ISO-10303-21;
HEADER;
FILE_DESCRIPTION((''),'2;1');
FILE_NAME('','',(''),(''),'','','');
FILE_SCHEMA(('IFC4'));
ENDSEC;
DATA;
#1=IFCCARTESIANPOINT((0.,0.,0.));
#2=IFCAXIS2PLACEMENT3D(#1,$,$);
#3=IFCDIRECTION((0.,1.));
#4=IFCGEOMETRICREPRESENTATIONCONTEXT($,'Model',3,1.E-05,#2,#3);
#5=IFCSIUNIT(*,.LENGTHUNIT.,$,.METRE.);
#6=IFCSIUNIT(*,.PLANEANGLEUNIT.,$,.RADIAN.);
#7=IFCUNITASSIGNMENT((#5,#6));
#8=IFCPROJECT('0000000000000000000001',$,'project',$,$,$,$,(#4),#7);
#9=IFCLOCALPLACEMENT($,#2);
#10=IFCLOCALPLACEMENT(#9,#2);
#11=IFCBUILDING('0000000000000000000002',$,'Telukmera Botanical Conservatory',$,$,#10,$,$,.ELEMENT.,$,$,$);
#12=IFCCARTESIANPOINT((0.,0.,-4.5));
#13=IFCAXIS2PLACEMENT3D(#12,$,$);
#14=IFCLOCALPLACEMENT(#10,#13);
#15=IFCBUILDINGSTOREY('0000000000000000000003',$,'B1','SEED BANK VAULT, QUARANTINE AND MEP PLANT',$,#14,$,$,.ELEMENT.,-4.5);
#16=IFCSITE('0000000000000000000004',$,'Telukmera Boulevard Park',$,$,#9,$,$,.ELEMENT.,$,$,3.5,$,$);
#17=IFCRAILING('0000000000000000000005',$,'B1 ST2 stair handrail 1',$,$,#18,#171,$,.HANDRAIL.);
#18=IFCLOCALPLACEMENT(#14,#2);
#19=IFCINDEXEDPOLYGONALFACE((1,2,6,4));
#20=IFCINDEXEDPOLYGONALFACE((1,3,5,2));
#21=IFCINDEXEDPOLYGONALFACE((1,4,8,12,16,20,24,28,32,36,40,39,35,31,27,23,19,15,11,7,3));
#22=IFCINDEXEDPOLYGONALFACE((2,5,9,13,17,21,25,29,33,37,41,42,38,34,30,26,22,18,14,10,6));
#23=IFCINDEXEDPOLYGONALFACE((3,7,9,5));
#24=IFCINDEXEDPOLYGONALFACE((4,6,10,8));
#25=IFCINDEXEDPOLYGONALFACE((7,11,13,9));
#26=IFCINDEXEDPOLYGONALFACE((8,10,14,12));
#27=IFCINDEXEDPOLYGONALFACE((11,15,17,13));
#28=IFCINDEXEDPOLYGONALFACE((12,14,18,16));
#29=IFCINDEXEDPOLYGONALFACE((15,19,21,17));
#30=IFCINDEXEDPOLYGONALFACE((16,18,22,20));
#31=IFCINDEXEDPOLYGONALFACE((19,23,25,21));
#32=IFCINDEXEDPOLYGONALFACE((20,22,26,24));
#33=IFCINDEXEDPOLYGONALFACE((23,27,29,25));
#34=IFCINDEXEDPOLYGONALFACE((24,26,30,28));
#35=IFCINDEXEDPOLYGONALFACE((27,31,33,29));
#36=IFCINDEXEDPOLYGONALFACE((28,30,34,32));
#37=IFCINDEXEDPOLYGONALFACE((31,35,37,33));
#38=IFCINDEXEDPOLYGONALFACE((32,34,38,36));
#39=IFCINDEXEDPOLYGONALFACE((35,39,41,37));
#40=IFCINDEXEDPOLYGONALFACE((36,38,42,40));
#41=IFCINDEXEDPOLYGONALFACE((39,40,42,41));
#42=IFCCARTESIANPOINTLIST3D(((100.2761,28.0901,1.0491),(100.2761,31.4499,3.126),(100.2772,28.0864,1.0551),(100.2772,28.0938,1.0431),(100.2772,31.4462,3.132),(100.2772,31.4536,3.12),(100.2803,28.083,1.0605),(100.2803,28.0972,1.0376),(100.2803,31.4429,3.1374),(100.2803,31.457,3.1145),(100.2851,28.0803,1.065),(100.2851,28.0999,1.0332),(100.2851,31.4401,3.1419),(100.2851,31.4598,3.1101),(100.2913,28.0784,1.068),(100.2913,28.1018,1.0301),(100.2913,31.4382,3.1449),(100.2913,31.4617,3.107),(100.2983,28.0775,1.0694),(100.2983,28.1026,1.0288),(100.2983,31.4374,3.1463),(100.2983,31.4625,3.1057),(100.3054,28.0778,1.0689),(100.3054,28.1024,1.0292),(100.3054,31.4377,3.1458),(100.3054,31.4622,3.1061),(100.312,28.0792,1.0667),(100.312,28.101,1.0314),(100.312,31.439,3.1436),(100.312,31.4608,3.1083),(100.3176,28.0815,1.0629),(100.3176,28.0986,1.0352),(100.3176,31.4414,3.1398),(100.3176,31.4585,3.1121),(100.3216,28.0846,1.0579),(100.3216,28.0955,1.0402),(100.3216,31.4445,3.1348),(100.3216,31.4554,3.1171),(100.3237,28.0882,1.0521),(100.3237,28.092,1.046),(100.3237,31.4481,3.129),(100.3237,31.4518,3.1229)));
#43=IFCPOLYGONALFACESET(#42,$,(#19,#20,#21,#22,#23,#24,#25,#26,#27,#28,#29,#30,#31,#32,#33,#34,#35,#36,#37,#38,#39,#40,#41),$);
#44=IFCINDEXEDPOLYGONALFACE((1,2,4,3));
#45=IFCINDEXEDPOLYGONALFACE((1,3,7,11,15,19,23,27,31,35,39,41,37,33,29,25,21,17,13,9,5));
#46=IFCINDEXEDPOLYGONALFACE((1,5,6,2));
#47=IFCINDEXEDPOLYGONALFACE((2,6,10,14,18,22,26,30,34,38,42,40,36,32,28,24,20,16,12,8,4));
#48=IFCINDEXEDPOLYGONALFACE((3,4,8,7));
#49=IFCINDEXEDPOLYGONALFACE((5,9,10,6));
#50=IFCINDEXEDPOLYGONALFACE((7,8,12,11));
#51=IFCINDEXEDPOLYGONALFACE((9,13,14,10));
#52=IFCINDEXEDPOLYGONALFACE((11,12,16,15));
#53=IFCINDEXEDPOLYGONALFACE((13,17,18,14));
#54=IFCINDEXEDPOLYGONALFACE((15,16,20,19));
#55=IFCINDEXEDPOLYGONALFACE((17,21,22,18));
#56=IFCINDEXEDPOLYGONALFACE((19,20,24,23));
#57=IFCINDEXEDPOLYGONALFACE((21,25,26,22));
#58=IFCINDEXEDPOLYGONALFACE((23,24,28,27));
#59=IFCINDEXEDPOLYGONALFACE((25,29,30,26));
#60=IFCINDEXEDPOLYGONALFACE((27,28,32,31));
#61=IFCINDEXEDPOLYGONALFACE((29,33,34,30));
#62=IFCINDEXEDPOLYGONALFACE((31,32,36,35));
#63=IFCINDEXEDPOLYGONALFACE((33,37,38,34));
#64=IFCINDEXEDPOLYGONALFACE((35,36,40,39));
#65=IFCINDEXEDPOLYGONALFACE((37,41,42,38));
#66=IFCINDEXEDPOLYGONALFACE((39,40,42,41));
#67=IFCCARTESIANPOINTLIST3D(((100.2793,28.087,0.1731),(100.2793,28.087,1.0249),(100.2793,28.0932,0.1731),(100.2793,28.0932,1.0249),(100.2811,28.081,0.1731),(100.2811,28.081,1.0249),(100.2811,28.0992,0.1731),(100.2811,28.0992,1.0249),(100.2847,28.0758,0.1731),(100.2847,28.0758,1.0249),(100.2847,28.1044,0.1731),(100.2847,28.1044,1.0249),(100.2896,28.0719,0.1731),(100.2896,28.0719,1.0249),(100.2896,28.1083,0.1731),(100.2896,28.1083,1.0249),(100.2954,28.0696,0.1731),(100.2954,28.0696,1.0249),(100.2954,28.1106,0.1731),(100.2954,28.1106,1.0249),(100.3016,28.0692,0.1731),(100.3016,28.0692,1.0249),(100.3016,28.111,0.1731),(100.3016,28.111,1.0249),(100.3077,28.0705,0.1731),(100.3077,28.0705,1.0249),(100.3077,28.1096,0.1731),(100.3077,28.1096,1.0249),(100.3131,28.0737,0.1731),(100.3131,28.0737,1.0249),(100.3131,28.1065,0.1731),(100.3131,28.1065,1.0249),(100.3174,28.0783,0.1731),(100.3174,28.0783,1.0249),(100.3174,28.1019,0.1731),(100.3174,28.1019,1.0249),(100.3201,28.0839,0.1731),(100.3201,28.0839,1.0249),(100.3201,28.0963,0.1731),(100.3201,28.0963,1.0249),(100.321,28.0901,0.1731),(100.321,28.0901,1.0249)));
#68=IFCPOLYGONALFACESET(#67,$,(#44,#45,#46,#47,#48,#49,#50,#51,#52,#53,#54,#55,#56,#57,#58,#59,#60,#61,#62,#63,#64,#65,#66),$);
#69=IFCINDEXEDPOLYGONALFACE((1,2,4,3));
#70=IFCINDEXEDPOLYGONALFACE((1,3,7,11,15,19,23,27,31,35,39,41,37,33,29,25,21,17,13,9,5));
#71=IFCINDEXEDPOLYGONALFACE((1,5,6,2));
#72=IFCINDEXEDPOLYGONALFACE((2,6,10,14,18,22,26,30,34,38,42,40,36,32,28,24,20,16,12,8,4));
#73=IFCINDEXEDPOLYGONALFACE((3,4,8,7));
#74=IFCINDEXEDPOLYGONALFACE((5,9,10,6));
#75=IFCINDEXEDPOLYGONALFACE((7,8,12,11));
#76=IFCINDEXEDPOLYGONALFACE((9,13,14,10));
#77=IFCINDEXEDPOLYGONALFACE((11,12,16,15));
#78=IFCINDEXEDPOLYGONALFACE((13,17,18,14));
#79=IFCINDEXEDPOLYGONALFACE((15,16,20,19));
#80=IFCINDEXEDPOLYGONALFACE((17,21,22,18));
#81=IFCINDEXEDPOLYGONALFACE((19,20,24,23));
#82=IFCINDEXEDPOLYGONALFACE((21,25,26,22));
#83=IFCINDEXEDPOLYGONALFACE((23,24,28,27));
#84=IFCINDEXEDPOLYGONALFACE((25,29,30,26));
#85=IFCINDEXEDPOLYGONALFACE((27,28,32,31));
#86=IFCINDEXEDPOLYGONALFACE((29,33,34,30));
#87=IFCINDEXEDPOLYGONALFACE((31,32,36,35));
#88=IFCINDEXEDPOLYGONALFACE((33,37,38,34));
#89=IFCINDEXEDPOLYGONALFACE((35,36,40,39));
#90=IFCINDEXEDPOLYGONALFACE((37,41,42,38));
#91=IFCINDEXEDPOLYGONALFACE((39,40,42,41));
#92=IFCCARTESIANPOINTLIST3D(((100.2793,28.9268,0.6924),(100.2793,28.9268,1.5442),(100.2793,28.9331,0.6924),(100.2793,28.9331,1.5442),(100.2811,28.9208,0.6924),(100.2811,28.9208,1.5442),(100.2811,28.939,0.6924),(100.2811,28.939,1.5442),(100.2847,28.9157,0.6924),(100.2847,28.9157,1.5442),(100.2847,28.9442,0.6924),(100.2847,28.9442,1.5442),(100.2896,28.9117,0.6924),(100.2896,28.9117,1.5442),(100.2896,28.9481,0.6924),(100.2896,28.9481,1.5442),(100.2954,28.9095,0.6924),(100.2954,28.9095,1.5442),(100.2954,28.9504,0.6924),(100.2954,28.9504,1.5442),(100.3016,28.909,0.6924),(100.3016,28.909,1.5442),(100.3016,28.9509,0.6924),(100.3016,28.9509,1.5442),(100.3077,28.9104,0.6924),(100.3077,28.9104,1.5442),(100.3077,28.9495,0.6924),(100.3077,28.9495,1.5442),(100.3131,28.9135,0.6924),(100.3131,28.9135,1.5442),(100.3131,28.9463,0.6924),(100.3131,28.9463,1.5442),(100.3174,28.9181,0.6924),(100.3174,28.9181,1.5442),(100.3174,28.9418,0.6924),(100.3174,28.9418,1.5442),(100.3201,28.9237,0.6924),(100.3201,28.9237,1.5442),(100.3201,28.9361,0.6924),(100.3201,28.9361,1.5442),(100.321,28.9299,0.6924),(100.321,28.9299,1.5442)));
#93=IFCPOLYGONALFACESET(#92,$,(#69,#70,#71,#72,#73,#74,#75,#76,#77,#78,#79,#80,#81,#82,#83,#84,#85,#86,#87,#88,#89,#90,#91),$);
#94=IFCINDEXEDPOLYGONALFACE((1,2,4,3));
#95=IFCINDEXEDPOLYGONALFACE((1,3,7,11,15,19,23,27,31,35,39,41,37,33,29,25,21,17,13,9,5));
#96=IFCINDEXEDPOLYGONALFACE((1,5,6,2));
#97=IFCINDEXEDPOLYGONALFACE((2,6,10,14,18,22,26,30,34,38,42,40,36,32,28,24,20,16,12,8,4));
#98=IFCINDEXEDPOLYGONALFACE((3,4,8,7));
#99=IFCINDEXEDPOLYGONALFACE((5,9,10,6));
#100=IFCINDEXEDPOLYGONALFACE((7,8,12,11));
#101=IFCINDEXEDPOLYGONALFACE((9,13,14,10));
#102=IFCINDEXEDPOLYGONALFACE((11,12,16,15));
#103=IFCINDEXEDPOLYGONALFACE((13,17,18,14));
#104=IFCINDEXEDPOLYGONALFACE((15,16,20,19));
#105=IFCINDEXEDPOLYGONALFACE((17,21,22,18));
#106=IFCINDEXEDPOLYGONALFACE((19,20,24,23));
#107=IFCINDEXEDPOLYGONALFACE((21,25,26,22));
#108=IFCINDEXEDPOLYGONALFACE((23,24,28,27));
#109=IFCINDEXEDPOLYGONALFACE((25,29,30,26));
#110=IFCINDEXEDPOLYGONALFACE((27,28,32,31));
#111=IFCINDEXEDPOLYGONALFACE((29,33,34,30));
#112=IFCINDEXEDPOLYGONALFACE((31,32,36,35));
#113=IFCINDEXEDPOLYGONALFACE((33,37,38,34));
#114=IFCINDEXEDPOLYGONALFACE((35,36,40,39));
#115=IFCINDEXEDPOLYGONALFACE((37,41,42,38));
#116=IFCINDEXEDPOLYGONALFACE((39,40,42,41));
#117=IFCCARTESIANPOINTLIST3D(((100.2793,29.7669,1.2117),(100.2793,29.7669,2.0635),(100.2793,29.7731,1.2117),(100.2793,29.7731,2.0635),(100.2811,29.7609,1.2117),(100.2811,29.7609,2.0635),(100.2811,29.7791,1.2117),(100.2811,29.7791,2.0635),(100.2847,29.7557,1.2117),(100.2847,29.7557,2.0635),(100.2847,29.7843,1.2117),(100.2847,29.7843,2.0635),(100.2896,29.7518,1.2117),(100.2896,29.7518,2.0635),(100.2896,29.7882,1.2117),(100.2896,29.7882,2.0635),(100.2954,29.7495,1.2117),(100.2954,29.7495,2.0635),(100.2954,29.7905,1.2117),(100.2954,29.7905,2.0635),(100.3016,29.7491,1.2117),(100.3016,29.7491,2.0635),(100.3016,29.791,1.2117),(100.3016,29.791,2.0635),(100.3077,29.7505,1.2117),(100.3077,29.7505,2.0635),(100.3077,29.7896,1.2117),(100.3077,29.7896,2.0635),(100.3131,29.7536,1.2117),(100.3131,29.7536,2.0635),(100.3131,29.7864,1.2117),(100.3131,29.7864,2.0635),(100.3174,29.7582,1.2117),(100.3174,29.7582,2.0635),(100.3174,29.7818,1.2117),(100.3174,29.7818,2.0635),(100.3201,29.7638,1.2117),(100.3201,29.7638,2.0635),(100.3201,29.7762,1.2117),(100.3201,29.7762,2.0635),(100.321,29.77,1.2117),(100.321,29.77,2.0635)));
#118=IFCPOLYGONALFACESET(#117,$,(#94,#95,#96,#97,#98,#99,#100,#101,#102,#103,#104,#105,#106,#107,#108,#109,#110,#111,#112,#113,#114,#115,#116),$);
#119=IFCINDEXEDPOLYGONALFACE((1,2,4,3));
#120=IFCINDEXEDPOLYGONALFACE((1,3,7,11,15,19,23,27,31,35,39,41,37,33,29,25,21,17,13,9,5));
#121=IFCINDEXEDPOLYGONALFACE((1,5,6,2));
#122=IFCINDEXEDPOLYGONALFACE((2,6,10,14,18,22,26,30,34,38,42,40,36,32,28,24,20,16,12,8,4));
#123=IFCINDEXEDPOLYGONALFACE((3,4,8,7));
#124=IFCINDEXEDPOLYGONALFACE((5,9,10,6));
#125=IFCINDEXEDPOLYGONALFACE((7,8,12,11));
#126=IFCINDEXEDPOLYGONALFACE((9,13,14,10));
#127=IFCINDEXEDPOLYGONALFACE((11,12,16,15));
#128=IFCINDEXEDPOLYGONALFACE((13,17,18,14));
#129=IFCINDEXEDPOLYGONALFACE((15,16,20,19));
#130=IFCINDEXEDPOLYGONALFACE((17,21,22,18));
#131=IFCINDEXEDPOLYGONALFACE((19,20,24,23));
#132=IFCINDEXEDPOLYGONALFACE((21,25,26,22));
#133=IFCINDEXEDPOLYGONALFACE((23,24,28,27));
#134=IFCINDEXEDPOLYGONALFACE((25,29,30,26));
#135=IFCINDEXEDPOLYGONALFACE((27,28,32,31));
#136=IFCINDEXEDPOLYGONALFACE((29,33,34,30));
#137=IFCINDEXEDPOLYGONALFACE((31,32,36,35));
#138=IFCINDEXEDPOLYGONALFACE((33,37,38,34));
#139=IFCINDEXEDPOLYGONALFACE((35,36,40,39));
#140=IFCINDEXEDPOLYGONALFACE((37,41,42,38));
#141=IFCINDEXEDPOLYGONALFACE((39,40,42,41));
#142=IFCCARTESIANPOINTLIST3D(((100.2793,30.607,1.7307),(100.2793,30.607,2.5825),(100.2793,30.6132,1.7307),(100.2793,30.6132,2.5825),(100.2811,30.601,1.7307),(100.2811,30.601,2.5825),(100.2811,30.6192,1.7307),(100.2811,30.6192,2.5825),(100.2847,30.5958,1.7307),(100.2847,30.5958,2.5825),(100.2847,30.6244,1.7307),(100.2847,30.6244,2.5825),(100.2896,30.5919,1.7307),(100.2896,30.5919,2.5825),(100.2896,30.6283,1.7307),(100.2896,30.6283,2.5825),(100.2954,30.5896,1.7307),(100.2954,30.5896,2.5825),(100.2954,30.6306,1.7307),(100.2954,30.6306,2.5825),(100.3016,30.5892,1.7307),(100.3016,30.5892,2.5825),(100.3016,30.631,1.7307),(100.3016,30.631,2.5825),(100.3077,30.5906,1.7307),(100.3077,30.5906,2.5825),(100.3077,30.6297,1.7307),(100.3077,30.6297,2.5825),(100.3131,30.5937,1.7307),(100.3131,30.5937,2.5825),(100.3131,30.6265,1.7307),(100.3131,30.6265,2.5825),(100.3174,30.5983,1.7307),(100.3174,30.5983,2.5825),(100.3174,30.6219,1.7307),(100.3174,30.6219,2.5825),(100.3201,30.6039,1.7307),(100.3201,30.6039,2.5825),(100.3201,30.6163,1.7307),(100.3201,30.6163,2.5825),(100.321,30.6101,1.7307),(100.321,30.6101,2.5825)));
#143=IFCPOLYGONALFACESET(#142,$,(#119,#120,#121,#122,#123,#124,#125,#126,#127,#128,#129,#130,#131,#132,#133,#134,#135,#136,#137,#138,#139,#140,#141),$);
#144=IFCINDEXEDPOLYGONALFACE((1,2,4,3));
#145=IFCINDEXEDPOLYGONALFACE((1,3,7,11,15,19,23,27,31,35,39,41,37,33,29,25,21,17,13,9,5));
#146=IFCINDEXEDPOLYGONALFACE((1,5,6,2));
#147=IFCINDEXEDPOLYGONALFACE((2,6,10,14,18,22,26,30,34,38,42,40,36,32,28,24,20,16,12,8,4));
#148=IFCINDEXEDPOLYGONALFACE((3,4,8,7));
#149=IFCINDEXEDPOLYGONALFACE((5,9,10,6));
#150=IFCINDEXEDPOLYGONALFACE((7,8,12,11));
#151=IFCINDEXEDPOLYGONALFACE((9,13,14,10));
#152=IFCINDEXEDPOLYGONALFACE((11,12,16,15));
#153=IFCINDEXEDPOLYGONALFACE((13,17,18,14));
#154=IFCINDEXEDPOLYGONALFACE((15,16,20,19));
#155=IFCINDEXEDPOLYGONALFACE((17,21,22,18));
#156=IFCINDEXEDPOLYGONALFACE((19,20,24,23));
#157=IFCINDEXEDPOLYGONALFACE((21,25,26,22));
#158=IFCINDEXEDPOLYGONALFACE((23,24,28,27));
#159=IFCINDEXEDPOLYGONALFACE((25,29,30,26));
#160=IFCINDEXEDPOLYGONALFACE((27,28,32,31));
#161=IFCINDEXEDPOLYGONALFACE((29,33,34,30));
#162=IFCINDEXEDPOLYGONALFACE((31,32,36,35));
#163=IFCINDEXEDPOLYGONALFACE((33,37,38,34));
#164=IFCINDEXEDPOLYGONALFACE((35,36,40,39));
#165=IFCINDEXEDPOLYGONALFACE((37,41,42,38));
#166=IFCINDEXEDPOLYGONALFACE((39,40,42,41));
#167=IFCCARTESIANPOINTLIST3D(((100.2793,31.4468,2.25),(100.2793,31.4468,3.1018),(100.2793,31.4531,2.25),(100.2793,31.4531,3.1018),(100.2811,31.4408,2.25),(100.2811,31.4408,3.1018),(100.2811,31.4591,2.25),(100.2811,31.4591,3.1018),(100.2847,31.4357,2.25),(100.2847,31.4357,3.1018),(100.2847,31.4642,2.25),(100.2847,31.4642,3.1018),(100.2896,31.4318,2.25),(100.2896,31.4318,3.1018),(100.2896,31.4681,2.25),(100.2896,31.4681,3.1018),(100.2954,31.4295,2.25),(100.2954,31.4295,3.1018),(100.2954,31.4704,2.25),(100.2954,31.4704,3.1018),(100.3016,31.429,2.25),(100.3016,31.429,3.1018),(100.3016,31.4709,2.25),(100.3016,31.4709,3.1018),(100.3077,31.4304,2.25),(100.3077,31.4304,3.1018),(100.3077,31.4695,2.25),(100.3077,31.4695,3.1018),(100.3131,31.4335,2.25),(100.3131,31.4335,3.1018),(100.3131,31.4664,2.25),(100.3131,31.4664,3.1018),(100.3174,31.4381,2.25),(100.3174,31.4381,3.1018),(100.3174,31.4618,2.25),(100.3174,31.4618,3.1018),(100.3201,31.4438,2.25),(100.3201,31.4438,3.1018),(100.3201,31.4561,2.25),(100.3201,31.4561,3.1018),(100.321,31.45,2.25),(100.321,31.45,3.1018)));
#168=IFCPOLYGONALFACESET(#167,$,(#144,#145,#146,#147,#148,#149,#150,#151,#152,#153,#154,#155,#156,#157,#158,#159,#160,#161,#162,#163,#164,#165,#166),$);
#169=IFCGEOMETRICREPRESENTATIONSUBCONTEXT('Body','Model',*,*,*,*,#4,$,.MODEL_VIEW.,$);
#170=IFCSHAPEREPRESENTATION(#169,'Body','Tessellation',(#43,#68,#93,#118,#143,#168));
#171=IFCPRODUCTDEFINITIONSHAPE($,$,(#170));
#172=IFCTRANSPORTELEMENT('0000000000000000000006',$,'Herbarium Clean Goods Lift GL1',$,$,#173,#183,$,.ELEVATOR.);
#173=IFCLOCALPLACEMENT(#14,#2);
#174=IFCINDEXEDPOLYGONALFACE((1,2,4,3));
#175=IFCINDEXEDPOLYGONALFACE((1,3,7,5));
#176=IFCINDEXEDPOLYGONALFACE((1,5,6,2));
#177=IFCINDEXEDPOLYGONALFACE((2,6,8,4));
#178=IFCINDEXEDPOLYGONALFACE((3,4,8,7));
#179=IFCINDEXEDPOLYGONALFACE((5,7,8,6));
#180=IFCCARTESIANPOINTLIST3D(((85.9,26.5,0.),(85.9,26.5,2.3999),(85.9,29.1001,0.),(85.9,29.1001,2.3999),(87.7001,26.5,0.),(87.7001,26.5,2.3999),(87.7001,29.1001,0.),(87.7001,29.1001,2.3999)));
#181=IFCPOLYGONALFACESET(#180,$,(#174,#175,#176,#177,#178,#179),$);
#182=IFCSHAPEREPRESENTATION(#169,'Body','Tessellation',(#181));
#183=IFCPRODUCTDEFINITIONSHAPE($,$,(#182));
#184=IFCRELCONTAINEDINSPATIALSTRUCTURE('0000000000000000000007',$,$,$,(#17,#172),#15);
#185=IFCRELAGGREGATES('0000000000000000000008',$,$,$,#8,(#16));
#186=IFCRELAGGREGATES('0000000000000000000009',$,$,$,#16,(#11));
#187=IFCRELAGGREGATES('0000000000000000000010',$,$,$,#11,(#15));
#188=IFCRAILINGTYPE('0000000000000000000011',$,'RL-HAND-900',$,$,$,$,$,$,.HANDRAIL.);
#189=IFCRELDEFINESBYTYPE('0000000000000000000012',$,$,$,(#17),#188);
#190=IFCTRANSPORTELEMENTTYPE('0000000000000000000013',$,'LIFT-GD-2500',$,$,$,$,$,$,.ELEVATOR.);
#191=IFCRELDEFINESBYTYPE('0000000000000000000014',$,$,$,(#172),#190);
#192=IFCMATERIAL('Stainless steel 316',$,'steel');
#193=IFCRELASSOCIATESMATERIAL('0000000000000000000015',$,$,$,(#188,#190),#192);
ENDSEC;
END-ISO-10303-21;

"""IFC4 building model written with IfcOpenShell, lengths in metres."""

from ifc_helpers import new_model, si_unit, direction, frame, origin, origin_2d, place, context, subcontext, project, spatial, rectangle, circle, extrude, material, type_object, element, save


model = new_model("IFC4")

# Units and contexts
model_context = context("Model", 3, precision=1e-05, world=origin(), true_north=direction((0.0, 1.0)))
body_context = subcontext(model_context, "Body", "Model", "MODEL_VIEW")
ifc_project = project(units=[si_unit("LENGTHUNIT", "METRE"), si_unit("PLANEANGLEUNIT", "RADIAN")], contexts=[model_context])

# Site, building, storey
site_placement = place(None, origin())
site = spatial("IfcSite", under=ifc_project, at=site_placement, Name="Telukmera Boulevard Park", CompositionType="ELEMENT", RefElevation=3.5)
building_placement = place(site_placement, origin())
building = spatial("IfcBuilding", under=site, at=building_placement, Name="Telukmera Botanical Conservatory", CompositionType="ELEMENT")
storey_placement = place(building_placement, frame((0.0, 0.0, -4.5)))
storey = spatial("IfcBuildingStorey", under=building, at=storey_placement, Name="B1", Description="SEED BANK VAULT, QUARANTINE AND MEP PLANT", CompositionType="ELEMENT", Elevation=-4.5)

# Railing
ifc_material_1 = material(Name="Stainless steel 316", Category="steel")
railing_type_1 = type_object("IfcRailingType", Name="RL-HAND-900", PredefinedType="HANDRAIL", material=ifc_material_1)
railing_1_placement = place(storey_placement, frame((100.3, 28.0901, 0.1731)))
element("IfcRailing", 1, at=railing_1_placement, inside=storey, type_object=railing_type_1, Name="B1 ST2 stair handrail 1", PredefinedType="HANDRAIL", context=body_context, shape_type="SweptSolid", body=[
    extrude(circle(Radius=0.0239, at=origin_2d()), frame((0.0, 0.0, 0.876), z_axis=(0.0, 0.850606, 0.525803), x_axis=(-1.0, 0.0, 0.0)), (0.0, 0.0, 1.0), 3.95),
    extrude(circle(Radius=0.021, at=origin_2d()), origin(), (0.0, 0.0, 1.0), 0.8518),
    extrude(circle(Radius=0.021, at=origin_2d()), frame((0.0, 0.8398, 0.5193)), (0.0, 0.0, 1.0), 0.8518),
    extrude(circle(Radius=0.021, at=origin_2d()), frame((0.0, 1.6799, 1.0386)), (0.0, 0.0, 1.0), 0.8518),
    extrude(circle(Radius=0.021, at=origin_2d()), frame((0.0, 2.52, 1.5576)), (0.0, 0.0, 1.0), 0.8518),
    extrude(circle(Radius=0.021, at=origin_2d()), frame((0.0, 3.3599, 2.0769)), (0.0, 0.0, 1.0), 0.8518),
])

# Transport element
transport_element_type = type_object("IfcTransportElementType", Name="LIFT-GD-2500", PredefinedType="ELEVATOR", material=ifc_material_1)
transport_element_placement = place(storey_placement, frame((86.8, 27.8, 0.0), z_axis=(0.0, 0.0, 1.0), x_axis=(1.0, 0.0, 0.0)))
element("IfcTransportElement", 2, at=transport_element_placement, inside=storey, type_object=transport_element_type, Name="Herbarium Clean Goods Lift GL1", PredefinedType="ELEVATOR", context=body_context, shape_type="SweptSolid", body=[
    extrude(rectangle(XDim=1.8, YDim=2.6001, at=origin_2d()), origin(), (0.0, 0.0, 1.0), 2.3999),
])

save(model, "model.ifc")
